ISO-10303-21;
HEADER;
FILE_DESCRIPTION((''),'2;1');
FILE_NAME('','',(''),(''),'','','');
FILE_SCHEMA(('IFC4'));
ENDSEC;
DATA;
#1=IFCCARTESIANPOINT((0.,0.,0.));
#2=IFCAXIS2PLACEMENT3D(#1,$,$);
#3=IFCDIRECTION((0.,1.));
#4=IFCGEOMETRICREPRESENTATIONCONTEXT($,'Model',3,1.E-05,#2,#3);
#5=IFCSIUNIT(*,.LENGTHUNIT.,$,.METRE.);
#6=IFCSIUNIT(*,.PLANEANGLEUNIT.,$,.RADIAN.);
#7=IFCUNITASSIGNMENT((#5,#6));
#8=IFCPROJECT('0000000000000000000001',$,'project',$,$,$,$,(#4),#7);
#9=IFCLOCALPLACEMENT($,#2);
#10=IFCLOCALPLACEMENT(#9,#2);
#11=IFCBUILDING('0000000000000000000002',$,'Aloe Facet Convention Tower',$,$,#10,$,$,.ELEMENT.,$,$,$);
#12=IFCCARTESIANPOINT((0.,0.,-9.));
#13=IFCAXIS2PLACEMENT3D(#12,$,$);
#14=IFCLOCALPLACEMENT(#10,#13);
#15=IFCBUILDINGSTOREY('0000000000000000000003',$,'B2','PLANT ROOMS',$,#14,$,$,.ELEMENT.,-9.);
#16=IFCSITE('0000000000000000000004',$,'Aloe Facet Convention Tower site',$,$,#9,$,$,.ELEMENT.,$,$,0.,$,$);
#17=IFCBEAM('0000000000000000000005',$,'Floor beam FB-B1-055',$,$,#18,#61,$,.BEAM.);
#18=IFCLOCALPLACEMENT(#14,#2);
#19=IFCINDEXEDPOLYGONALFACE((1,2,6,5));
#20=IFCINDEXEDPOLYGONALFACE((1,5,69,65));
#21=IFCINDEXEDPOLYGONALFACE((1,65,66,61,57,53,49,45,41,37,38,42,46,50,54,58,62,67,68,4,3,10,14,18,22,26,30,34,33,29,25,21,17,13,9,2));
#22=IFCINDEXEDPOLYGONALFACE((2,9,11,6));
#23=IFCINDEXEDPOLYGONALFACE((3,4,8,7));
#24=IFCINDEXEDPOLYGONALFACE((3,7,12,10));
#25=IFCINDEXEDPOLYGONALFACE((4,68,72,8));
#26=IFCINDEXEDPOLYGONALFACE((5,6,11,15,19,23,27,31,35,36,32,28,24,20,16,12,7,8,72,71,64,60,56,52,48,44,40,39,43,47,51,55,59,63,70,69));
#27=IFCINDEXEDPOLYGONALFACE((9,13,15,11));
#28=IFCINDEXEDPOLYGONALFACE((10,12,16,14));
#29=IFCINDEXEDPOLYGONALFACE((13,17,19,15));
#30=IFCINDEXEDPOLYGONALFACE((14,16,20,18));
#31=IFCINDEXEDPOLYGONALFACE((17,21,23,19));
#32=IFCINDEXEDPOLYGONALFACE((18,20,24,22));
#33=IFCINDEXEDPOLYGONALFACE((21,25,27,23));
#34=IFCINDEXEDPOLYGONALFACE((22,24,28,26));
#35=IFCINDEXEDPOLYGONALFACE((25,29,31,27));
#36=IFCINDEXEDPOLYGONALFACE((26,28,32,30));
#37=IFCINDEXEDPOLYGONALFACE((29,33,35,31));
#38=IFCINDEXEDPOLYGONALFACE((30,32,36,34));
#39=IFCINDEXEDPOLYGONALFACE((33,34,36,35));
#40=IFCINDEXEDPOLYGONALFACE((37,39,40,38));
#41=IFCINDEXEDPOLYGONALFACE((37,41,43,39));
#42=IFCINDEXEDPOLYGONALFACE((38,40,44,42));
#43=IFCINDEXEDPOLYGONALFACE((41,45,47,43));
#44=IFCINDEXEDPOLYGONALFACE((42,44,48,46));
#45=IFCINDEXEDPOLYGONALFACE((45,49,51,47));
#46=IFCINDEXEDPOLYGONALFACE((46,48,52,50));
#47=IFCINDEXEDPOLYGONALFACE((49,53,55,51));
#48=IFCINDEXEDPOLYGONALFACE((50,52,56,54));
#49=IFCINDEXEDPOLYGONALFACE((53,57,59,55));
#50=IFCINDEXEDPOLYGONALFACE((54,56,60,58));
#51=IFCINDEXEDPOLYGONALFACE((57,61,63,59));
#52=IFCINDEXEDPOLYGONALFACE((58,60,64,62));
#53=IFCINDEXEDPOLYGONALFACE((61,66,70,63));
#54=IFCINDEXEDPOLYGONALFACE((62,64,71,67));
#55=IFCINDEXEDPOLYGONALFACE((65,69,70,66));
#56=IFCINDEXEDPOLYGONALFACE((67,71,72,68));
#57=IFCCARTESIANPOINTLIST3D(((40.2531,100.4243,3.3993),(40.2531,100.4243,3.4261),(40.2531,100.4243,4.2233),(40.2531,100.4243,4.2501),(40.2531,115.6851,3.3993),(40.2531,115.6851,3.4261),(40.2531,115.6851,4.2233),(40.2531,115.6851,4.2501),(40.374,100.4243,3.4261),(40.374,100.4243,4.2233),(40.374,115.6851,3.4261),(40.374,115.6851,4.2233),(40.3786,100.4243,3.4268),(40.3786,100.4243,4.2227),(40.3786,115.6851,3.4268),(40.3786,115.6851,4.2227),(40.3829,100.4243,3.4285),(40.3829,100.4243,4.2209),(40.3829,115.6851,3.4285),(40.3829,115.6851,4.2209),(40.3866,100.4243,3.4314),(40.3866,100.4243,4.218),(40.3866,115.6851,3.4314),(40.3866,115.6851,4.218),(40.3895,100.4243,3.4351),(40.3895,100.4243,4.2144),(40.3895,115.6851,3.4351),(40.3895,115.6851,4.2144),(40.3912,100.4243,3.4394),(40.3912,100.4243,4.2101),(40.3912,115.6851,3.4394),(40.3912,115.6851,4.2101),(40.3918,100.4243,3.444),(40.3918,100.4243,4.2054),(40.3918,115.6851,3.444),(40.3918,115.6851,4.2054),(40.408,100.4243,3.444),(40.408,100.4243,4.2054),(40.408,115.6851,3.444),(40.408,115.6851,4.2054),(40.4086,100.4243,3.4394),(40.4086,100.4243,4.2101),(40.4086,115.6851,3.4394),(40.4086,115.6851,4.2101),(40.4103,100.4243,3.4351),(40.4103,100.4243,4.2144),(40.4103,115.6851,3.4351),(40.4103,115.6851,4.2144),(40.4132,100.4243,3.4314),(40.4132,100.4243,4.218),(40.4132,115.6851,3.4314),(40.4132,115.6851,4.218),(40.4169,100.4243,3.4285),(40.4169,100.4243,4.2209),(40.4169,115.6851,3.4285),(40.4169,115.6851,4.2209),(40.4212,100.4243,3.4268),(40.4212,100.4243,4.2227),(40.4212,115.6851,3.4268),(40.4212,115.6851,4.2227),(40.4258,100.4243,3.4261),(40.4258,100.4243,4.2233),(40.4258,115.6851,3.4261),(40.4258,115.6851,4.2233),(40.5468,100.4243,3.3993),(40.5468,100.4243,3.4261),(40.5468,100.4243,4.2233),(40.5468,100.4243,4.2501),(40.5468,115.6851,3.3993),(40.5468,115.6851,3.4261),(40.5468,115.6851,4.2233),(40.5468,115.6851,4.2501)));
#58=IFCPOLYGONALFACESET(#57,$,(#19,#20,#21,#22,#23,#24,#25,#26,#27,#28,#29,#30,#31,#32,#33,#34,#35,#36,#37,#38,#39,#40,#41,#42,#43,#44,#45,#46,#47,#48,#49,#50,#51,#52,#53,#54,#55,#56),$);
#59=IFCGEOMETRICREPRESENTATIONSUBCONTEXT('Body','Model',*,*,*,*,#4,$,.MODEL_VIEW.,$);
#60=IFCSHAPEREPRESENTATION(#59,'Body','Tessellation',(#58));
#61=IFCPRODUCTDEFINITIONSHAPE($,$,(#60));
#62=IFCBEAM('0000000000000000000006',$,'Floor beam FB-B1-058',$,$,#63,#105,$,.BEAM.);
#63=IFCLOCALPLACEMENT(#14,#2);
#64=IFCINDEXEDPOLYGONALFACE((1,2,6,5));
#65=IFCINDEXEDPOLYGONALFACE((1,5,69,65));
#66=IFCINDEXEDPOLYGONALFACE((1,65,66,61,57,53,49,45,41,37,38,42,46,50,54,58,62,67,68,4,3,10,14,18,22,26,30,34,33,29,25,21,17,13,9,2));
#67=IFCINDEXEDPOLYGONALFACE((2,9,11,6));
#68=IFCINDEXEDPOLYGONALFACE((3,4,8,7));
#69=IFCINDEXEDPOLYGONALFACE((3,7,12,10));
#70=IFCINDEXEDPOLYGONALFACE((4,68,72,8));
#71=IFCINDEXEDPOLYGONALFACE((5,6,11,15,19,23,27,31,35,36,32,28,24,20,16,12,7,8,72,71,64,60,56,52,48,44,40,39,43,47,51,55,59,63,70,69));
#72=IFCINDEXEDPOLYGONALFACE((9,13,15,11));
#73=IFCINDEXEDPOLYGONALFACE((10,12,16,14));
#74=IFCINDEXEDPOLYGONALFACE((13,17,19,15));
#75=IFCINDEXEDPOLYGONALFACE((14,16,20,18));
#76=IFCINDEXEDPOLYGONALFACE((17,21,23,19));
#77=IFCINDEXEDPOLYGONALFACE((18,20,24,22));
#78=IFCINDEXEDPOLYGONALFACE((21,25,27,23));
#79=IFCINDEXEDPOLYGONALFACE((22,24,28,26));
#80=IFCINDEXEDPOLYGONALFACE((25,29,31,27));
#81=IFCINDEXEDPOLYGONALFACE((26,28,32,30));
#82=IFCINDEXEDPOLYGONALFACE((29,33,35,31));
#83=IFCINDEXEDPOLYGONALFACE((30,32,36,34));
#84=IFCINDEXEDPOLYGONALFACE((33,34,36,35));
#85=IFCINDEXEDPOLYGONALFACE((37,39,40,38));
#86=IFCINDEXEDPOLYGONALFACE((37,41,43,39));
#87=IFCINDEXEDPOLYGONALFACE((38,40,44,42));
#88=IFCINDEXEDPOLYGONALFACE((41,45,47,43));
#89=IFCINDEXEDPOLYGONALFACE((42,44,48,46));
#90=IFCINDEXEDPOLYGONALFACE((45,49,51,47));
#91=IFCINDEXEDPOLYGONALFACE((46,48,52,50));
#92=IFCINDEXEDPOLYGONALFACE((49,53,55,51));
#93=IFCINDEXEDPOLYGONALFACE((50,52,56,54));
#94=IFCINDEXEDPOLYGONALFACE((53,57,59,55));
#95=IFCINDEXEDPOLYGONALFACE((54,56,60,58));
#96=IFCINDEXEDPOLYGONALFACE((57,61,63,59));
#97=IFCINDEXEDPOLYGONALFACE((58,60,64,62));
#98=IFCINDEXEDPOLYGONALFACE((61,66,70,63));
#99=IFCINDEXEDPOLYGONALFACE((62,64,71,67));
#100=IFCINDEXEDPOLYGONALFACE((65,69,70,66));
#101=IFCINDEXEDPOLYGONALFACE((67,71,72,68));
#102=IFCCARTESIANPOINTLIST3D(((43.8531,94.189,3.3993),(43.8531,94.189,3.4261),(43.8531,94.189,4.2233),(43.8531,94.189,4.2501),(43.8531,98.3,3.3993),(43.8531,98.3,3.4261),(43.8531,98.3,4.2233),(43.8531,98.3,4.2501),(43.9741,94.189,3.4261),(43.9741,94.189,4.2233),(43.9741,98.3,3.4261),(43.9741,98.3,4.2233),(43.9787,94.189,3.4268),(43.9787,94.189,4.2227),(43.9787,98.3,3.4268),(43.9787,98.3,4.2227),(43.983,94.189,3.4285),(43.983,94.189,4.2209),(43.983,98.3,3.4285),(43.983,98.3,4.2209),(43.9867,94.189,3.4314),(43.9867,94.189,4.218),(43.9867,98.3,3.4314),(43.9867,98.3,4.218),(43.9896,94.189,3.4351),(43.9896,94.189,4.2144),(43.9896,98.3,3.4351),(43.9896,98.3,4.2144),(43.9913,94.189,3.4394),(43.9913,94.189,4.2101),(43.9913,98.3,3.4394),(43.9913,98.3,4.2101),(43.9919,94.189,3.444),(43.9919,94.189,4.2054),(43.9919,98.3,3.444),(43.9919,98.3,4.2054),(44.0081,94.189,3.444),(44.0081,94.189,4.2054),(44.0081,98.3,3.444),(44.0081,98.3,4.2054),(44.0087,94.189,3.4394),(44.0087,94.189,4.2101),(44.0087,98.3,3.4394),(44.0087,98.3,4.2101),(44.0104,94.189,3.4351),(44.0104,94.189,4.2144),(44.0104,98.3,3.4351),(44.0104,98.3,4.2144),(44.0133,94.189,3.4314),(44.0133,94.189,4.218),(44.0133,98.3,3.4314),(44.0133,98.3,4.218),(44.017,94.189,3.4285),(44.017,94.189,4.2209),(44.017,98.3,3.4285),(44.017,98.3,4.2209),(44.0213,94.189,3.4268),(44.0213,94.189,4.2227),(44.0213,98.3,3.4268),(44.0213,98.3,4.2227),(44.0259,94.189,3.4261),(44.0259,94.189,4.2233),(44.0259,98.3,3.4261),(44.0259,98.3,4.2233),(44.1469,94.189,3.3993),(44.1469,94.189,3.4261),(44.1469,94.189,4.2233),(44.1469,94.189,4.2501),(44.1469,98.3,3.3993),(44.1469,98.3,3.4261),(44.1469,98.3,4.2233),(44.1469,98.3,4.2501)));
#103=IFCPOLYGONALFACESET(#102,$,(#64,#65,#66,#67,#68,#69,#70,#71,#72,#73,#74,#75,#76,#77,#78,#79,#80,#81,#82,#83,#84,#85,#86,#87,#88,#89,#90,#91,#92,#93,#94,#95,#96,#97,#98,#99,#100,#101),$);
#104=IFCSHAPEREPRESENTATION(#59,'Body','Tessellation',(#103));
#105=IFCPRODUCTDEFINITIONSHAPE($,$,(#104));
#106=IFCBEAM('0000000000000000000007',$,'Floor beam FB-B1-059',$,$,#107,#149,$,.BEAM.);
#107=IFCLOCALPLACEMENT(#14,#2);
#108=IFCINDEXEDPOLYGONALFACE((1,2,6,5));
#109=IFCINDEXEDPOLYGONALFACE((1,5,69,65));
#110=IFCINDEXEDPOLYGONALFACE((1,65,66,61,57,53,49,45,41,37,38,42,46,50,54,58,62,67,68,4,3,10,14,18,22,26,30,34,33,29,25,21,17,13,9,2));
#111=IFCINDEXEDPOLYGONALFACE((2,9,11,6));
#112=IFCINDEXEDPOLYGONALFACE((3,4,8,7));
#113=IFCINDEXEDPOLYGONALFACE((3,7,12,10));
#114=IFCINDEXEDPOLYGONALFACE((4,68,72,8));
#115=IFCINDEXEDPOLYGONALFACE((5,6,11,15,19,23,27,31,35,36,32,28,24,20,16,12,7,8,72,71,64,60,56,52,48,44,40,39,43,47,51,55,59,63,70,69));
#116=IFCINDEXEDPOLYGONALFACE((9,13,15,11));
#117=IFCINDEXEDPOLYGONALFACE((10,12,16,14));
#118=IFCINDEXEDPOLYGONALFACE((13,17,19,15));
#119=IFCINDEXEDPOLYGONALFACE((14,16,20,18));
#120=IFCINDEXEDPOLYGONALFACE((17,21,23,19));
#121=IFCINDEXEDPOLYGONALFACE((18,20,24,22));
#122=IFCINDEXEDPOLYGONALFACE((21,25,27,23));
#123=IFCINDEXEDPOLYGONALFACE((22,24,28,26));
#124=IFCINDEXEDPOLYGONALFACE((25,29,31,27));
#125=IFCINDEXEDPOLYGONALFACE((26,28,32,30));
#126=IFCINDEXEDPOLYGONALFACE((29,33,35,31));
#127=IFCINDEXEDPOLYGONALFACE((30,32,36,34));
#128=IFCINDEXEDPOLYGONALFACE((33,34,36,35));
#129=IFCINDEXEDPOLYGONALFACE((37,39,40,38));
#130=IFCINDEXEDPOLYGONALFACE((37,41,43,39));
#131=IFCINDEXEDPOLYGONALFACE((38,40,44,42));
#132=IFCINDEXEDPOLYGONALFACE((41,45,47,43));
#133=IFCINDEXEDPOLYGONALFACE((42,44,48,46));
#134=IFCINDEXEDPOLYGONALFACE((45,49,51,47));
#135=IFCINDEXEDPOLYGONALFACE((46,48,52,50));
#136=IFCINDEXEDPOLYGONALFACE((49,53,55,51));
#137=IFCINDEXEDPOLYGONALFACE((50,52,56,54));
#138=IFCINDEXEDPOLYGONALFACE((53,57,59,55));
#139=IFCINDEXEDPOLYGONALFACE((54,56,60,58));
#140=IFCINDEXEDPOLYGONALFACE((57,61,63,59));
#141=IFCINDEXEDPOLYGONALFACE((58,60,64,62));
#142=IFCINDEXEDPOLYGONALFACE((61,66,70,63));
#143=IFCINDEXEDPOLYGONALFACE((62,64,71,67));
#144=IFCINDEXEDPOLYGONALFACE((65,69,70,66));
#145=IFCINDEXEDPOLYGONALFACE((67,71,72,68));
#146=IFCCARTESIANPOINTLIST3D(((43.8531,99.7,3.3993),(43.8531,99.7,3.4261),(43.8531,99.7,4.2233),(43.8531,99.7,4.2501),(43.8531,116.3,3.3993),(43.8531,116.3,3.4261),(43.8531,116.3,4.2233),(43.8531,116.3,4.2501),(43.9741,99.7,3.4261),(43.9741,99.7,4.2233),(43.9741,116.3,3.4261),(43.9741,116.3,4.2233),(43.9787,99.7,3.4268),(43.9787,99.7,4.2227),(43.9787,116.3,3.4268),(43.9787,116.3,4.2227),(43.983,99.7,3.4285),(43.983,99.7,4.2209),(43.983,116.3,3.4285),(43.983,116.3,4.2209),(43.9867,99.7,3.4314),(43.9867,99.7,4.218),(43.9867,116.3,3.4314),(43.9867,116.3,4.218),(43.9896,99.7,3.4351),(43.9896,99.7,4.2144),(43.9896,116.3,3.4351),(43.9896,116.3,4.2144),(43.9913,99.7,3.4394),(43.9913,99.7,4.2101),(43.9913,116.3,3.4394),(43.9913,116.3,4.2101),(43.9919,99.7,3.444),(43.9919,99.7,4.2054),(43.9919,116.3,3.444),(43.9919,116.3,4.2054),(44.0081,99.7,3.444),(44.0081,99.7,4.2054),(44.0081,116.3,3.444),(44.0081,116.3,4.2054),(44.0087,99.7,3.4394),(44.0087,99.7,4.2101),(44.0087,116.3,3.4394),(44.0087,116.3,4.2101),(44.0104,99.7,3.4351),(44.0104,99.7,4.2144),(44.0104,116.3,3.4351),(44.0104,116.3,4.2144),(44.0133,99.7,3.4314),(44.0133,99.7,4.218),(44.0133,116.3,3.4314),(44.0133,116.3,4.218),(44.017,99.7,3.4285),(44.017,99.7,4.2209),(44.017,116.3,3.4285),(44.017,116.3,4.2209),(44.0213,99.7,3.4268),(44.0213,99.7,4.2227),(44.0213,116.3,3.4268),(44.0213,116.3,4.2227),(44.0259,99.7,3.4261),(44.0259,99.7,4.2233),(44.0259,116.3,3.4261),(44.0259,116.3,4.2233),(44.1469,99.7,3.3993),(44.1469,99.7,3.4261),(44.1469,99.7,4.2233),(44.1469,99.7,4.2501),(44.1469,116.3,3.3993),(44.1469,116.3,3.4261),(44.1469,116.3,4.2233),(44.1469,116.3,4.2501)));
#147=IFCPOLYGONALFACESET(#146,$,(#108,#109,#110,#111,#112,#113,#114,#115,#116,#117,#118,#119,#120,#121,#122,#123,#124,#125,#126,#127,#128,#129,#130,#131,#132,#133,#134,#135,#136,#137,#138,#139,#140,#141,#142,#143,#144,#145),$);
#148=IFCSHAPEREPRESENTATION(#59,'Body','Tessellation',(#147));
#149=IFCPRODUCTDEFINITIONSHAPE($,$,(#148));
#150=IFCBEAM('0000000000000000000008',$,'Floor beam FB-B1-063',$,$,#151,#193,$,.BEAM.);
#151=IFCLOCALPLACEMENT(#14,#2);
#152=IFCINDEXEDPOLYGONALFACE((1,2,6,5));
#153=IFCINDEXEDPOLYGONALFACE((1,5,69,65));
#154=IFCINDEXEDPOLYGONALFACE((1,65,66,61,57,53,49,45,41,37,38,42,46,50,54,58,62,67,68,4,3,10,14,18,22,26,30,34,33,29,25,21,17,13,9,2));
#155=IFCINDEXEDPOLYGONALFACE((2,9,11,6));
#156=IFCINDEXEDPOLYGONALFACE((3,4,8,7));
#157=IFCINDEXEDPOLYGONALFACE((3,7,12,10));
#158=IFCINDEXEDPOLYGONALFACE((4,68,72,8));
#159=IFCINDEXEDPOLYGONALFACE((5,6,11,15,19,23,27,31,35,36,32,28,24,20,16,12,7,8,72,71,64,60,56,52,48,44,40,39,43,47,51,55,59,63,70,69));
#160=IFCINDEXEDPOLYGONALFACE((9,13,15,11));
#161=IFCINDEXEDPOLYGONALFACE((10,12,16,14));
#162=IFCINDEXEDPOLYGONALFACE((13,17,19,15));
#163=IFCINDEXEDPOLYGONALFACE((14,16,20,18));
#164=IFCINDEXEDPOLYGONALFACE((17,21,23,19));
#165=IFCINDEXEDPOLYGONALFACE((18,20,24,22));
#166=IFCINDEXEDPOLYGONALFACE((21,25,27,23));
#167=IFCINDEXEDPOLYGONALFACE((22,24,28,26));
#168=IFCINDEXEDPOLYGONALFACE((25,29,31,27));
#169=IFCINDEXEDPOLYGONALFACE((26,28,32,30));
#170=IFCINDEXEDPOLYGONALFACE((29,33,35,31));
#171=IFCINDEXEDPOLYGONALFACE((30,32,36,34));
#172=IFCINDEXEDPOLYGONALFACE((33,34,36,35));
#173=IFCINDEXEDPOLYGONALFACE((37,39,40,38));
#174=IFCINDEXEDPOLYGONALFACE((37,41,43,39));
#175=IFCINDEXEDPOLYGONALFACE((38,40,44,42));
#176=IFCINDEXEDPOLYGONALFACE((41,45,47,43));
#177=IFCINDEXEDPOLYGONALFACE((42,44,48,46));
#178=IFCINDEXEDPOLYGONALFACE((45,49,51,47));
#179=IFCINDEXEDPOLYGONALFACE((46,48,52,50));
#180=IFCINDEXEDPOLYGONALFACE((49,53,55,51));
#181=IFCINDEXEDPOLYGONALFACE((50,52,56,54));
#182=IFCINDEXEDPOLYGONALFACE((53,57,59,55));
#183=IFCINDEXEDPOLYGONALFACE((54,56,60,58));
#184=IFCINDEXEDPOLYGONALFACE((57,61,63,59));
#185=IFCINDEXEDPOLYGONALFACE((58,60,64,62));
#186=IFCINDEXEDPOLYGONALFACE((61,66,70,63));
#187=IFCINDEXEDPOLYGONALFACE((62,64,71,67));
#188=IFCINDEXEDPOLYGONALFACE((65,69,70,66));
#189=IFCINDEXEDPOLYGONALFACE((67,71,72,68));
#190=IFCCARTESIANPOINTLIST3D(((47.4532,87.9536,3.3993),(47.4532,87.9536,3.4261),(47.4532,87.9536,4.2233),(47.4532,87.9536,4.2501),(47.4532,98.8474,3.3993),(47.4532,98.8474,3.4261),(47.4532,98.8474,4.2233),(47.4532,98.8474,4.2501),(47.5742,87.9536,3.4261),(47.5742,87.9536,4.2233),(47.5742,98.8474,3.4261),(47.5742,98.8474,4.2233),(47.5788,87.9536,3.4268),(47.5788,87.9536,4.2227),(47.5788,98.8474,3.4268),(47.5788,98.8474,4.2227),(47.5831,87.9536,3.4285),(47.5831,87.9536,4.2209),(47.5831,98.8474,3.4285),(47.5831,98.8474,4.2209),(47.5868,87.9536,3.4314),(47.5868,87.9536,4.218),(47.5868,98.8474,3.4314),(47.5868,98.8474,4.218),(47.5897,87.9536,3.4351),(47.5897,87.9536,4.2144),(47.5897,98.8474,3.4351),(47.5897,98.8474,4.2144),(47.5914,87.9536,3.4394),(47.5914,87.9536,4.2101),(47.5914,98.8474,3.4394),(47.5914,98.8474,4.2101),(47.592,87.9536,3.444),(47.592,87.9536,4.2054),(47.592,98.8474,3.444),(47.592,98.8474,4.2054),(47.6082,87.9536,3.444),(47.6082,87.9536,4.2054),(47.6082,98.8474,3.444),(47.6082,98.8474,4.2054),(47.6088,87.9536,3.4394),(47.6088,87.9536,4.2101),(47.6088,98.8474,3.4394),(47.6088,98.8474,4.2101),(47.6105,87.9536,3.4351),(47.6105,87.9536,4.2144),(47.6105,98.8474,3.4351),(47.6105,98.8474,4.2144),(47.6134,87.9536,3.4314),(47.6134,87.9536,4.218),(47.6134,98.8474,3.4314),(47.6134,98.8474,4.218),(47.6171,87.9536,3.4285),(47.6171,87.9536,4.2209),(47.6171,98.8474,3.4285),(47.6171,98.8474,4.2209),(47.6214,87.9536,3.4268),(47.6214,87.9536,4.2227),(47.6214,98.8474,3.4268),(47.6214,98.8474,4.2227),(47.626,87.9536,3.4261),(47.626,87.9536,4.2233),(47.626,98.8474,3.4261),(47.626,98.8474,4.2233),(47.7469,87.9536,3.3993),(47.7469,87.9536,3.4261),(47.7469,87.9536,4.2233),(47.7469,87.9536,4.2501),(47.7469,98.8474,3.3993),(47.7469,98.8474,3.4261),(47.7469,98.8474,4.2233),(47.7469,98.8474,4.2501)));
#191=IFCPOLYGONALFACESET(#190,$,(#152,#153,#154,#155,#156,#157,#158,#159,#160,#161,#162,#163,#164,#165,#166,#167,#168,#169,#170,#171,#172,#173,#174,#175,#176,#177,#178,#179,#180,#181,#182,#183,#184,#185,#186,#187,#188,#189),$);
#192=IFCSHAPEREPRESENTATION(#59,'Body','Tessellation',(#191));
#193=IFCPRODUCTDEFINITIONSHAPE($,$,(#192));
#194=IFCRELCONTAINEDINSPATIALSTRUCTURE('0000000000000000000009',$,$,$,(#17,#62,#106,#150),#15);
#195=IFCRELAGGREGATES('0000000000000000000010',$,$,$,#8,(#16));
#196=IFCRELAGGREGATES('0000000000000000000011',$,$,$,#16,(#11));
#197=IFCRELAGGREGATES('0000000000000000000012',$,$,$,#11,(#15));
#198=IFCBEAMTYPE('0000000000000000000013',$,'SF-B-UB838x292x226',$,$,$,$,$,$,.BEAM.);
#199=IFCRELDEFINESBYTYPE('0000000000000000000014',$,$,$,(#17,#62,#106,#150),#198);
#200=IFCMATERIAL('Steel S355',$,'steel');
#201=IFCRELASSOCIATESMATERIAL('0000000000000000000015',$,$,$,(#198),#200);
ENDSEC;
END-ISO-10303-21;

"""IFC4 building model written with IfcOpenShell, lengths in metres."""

from ifc_helpers import new_model, si_unit, direction, frame, origin, origin_2d, place, context, subcontext, project, spatial, i_section, extrude, material, material_profile, profile_set, type_object, element, save


model = new_model("IFC4")

# Units and contexts
model_context = context("Model", 3, precision=1e-05, world=origin(), true_north=direction((0.0, 1.0)))
body_context = subcontext(model_context, "Body", "Model", "MODEL_VIEW")
ifc_project = project(units=[si_unit("LENGTHUNIT", "METRE"), si_unit("PLANEANGLEUNIT", "RADIAN")], contexts=[model_context])

# Site, building, storey
site_placement = place(None, origin())
site = spatial("IfcSite", under=ifc_project, at=site_placement, Name="Aloe Facet Convention Tower site", CompositionType="ELEMENT", RefElevation=0.0)
building_placement = place(site_placement, origin())
building = spatial("IfcBuilding", under=site, at=building_placement, Name="Aloe Facet Convention Tower", CompositionType="ELEMENT")
storey_placement = place(building_placement, frame((0.0, 0.0, -9.0)))
storey = spatial("IfcBuildingStorey", under=building, at=storey_placement, Name="B2", Description="PLANT ROOMS", CompositionType="ELEMENT", Elevation=-9.0)

# Beams
ifc_material_1 = material(Name="Steel S355", Category="steel")
ifc_material_profile_1 = material_profile(ifc_material_1, i_section(OverallWidth=0.2937, OverallDepth=0.8508, WebThickness=0.0161, FlangeThickness=0.0269, FilletRadius=0.0178, at=origin_2d()), Name="UB 838x292x226")
ifc_profile_set_1 = profile_set([ifc_material_profile_1], Name="Steel S355")
beam_type_1 = type_object("IfcBeamType", Name="SF-B-UB838x292x226", PredefinedType="BEAM", material=ifc_profile_set_1)
beam_1_placement = place(storey_placement, frame((40.3999, 100.4243, 3.8247), z_axis=(0.0, 1.0, 0.0), x_axis=(-1.0, 0.0, 0.0)))
element("IfcBeam", 1, at=beam_1_placement, inside=storey, type_object=beam_type_1, Name="Floor beam FB-B1-055", PredefinedType="BEAM", context=body_context, shape_type="SweptSolid", body=[
    extrude(i_section(OverallWidth=0.2937, OverallDepth=0.8508, WebThickness=0.0161, FlangeThickness=0.0269, FilletRadius=0.0178, at=origin_2d()), origin(), (0.0, 0.0, 1.0), 15.2607),
])
beam_2_placement = place(storey_placement, frame((44.0, 94.189, 3.8247), z_axis=(0.0, 1.0, 0.0), x_axis=(-1.0, 0.0, 0.0)))
element("IfcBeam", 2, at=beam_2_placement, inside=storey, type_object=beam_type_1, Name="Floor beam FB-B1-058", PredefinedType="BEAM", context=body_context, shape_type="SweptSolid", body=[
    extrude(i_section(OverallWidth=0.2937, OverallDepth=0.8508, WebThickness=0.0161, FlangeThickness=0.0269, FilletRadius=0.0178, at=origin_2d()), origin(), (0.0, 0.0, 1.0), 4.1111),
])
beam_3_placement = place(storey_placement, frame((44.0, 99.7, 3.8247), z_axis=(0.0, 1.0, 0.0), x_axis=(-1.0, 0.0, 0.0)))
element("IfcBeam", 3, at=beam_3_placement, inside=storey, type_object=beam_type_1, Name="Floor beam FB-B1-059", PredefinedType="BEAM", context=body_context, shape_type="SweptSolid", body=[
    extrude(i_section(OverallWidth=0.2937, OverallDepth=0.8508, WebThickness=0.0161, FlangeThickness=0.0269, FilletRadius=0.0178, at=origin_2d()), origin(), (0.0, 0.0, 1.0), 16.6001),
])
beam_4_placement = place(storey_placement, frame((47.6001, 87.9536, 3.8247), z_axis=(0.0, 1.0, 0.0), x_axis=(-1.0, 0.0, 0.0)))
element("IfcBeam", 4, at=beam_4_placement, inside=storey, type_object=beam_type_1, Name="Floor beam FB-B1-063", PredefinedType="BEAM", context=body_context, shape_type="SweptSolid", body=[
    extrude(i_section(OverallWidth=0.2937, OverallDepth=0.8508, WebThickness=0.0161, FlangeThickness=0.0269, FilletRadius=0.0178, at=origin_2d()), origin(), (0.0, 0.0, 1.0), 10.8938),
])

save(model, "model.ifc")
